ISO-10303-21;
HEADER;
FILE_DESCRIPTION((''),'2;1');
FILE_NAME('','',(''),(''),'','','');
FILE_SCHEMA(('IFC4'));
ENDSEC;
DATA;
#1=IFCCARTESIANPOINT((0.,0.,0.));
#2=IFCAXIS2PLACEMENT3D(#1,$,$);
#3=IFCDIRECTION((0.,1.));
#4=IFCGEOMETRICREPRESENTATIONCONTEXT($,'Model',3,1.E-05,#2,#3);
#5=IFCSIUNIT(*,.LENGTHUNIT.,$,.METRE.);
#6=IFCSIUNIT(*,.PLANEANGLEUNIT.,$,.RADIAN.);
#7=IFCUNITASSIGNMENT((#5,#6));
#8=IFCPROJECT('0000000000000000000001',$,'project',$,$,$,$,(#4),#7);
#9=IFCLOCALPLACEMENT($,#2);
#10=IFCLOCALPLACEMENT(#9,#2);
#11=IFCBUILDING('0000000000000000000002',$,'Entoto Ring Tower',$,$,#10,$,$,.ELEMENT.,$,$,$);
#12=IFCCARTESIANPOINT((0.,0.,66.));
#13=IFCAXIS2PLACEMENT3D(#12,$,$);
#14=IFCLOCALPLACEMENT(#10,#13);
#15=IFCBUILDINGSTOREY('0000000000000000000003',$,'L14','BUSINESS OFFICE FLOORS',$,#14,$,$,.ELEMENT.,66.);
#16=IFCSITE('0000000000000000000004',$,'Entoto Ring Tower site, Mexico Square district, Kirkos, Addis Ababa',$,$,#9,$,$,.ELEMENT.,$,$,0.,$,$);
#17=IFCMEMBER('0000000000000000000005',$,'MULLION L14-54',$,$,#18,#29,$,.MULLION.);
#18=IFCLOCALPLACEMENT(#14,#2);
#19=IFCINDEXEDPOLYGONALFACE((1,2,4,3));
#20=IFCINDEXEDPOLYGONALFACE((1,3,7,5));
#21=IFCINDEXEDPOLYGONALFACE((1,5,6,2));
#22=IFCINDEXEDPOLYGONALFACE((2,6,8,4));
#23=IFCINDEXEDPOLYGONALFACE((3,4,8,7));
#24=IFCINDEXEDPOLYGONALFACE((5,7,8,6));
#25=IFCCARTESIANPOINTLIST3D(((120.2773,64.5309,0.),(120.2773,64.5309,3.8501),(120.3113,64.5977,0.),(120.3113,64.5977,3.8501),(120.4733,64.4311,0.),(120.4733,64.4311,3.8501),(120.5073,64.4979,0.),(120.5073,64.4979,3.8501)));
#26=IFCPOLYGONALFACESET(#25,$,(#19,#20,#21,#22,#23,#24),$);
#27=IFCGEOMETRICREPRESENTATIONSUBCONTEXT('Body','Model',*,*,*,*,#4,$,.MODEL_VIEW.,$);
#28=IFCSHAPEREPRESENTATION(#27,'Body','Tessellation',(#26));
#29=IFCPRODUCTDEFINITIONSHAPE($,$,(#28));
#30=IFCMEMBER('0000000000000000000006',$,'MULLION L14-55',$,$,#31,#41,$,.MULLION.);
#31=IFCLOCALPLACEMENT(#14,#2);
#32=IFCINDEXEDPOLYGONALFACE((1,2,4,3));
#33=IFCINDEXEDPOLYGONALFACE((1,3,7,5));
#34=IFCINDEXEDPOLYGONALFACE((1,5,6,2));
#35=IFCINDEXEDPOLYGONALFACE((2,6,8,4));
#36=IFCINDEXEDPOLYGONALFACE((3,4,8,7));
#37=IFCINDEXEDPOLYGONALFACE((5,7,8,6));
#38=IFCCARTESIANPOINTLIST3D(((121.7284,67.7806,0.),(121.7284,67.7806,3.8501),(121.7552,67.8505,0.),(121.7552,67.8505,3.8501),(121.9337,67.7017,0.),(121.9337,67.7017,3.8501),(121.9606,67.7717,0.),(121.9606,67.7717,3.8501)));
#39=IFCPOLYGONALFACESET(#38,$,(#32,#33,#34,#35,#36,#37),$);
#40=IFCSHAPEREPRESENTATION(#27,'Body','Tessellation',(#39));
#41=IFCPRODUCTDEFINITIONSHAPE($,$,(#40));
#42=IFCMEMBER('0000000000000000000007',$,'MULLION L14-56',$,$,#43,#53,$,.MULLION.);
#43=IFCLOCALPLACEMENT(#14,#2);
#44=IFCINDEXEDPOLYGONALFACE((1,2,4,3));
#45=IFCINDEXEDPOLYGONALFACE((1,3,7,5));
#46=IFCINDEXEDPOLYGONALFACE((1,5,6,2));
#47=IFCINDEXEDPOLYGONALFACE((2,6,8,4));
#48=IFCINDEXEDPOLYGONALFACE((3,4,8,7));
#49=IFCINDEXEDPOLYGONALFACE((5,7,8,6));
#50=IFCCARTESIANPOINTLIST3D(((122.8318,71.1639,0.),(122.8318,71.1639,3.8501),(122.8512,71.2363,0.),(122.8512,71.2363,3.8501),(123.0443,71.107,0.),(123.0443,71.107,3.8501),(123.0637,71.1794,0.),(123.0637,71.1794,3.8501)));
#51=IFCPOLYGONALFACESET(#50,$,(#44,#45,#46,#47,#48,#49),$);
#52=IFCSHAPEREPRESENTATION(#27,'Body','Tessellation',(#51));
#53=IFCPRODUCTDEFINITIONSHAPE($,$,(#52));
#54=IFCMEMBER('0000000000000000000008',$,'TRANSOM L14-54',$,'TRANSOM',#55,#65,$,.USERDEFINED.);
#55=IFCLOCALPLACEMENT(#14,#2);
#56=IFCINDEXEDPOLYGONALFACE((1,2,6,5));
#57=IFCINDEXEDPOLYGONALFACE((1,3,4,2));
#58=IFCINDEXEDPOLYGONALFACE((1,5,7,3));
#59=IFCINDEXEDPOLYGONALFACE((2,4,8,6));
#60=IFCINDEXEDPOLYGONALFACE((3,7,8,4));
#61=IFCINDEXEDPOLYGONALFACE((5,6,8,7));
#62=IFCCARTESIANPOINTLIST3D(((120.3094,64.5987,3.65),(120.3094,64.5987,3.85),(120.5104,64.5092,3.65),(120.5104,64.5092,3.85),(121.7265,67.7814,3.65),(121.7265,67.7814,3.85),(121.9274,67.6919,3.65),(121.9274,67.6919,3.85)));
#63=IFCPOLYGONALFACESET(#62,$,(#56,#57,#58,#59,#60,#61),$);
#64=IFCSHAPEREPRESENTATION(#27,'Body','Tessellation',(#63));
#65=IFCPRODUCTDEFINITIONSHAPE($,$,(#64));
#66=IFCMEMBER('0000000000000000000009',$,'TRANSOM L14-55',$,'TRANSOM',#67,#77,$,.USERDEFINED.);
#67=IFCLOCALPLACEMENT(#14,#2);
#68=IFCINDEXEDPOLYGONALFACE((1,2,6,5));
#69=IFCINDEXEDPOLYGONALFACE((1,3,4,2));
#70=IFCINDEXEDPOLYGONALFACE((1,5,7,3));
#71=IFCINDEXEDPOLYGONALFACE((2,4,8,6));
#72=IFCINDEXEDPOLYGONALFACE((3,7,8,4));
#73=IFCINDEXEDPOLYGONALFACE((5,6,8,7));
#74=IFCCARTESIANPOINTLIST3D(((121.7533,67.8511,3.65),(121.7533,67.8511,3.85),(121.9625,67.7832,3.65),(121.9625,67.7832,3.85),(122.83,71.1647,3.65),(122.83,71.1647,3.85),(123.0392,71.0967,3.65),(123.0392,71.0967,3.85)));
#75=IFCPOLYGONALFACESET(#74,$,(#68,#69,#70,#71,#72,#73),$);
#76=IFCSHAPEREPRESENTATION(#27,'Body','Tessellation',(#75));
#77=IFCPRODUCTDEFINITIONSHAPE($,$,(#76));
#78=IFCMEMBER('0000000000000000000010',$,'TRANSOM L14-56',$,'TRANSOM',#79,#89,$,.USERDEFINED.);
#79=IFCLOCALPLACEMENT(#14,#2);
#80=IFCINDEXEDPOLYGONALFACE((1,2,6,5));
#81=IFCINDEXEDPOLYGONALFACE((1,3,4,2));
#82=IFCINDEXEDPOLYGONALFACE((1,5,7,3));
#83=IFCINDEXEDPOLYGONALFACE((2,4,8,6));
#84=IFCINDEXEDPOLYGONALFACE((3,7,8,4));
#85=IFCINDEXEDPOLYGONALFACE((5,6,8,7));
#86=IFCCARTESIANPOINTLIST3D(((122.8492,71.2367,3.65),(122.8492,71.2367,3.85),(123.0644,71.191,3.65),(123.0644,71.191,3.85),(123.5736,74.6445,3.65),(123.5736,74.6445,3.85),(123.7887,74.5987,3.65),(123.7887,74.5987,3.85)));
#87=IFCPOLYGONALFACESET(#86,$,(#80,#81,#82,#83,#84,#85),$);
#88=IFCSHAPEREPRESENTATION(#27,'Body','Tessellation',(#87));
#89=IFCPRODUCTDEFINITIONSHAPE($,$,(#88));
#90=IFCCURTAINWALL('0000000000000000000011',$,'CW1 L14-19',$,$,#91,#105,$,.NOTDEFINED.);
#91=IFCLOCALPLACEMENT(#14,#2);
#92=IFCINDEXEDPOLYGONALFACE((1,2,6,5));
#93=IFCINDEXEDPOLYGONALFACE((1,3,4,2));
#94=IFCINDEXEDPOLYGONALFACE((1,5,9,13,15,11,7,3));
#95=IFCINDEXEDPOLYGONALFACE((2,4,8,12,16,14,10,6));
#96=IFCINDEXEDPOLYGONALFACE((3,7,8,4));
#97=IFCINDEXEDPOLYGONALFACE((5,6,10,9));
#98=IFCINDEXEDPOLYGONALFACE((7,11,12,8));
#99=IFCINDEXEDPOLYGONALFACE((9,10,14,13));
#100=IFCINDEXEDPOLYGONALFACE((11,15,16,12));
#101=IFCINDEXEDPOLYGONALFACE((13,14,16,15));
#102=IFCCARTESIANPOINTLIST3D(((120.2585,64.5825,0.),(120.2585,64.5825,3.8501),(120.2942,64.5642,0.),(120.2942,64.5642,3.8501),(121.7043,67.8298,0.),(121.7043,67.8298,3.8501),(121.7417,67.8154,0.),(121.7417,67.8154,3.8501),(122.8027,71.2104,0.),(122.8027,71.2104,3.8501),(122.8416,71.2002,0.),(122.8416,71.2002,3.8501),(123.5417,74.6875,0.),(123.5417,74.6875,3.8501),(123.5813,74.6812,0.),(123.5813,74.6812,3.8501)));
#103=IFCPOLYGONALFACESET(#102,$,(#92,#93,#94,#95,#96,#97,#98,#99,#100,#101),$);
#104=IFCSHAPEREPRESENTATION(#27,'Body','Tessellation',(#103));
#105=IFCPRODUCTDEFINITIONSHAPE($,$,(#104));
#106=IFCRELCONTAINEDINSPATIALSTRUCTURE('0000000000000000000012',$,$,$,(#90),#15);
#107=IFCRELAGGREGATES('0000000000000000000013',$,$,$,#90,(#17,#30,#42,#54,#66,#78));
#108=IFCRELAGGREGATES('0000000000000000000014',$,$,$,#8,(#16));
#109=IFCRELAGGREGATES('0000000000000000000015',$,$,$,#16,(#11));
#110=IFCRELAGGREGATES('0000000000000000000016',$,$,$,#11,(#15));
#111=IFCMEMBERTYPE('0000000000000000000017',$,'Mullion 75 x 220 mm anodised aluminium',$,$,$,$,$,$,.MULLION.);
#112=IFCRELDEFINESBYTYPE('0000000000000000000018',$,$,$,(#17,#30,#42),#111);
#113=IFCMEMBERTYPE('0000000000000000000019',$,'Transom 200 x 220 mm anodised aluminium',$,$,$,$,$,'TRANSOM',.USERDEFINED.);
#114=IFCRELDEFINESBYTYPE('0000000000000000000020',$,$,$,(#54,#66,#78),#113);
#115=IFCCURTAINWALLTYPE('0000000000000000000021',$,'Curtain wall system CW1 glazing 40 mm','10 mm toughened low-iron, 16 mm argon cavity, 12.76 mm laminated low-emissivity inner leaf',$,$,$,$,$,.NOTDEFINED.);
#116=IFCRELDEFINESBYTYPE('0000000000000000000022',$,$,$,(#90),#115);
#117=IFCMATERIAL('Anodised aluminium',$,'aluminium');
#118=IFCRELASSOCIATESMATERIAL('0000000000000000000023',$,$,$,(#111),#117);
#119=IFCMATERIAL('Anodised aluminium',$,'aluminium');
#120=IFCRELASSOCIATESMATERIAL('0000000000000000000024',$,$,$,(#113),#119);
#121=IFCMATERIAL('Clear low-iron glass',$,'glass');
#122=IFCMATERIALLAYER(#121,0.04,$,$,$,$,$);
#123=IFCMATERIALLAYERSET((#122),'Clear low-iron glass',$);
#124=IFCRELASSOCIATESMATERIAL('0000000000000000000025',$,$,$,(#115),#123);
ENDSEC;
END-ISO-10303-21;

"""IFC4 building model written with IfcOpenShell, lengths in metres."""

from ifc_helpers import new_model, si_unit, direction, frame, origin, origin_2d, place, context, subcontext, project, spatial, polyline, rectangle, outline, extrude, material, layer, layer_set, material_profile, profile_set, type_object, element, aggregate, save


model = new_model("IFC4")

# Units and contexts
model_context = context("Model", 3, precision=1e-05, world=origin(), true_north=direction((0.0, 1.0)))
body_context = subcontext(model_context, "Body", "Model", "MODEL_VIEW")
ifc_project = project(units=[si_unit("LENGTHUNIT", "METRE"), si_unit("PLANEANGLEUNIT", "RADIAN")], contexts=[model_context])

# Members
ifc_material_1 = material(Name="Anodised aluminium", Category="aluminium")
ifc_material_profile_1 = material_profile(ifc_material_1, rectangle(XDim=0.075, YDim=0.22, at=origin_2d()), Name="Mullion 75 x 220 mm anodised aluminium")
ifc_profile_set_1 = profile_set([ifc_material_profile_1], Name="Anodised aluminium")
member_type_1 = type_object("IfcMemberType", Name="Mullion 75 x 220 mm anodised aluminium", PredefinedType="MULLION", material=ifc_profile_set_1)
site_placement = place(None, origin())
building_placement = place(site_placement, origin())
storey_placement = place(building_placement, frame((0.0, 0.0, 66.0)))
member_1_placement = place(storey_placement, frame((120.3923, 64.5144, 0.0), z_axis=(0.0, 0.0, 1.0), x_axis=(0.45399, 0.891007, 0.0)))
member_1 = element("IfcMember", 1, at=member_1_placement, type_object=member_type_1, Name="MULLION L14-54", PredefinedType="MULLION", context=body_context, shape_type="SweptSolid", body=[
    extrude(rectangle(XDim=0.075, YDim=0.22, at=origin_2d()), origin(), (0.0, 0.0, 1.0), 3.8501),
])
member_2_placement = place(storey_placement, frame((121.8445, 67.7761, 0.0), z_axis=(0.0, 0.0, 1.0), x_axis=(0.358368, 0.93358, 0.0)))
member_2 = element("IfcMember", 2, at=member_2_placement, type_object=member_type_1, Name="MULLION L14-55", PredefinedType="MULLION", context=body_context, shape_type="SweptSolid", body=[
    extrude(rectangle(XDim=0.075, YDim=0.22, at=origin_2d()), origin(), (0.0, 0.0, 1.0), 3.8501),
])
member_3_placement = place(storey_placement, frame((122.9478, 71.1716, 0.0), z_axis=(0.0, 0.0, 1.0), x_axis=(0.258819, 0.965926, 0.0)))
member_3 = element("IfcMember", 3, at=member_3_placement, type_object=member_type_1, Name="MULLION L14-56", PredefinedType="MULLION", context=body_context, shape_type="SweptSolid", body=[
    extrude(rectangle(XDim=0.075, YDim=0.22, at=origin_2d()), origin(), (0.0, 0.0, 1.0), 3.8501),
])
ifc_material_2 = material(Name="Anodised aluminium", Category="aluminium")
ifc_material_profile_2 = material_profile(ifc_material_2, rectangle(XDim=0.22, YDim=0.2, at=origin_2d()), Name="Transom 200 x 220 mm anodised aluminium")
ifc_profile_set_2 = profile_set([ifc_material_profile_2], Name="Anodised aluminium")
member_type_2 = type_object("IfcMemberType", Name="Transom 200 x 220 mm anodised aluminium", ElementType="TRANSOM", PredefinedType="USERDEFINED", material=ifc_profile_set_2)
member_4_placement = place(storey_placement, frame((120.4099, 64.554, 3.75), z_axis=(0.406737, 0.913545, 0.0), x_axis=(-0.913545, 0.406737, 0.0)))
member_4 = element("IfcMember", 4, at=member_4_placement, type_object=member_type_2, Name="TRANSOM L14-54", ObjectType="TRANSOM", PredefinedType="USERDEFINED", context=body_context, shape_type="SweptSolid", body=[
    extrude(rectangle(XDim=0.22, YDim=0.2, at=origin_2d()), origin(), (0.0, 0.0, 1.0), 3.4839),
])
member_5_placement = place(storey_placement, frame((121.8579, 67.8171, 3.75), z_axis=(0.309029, 0.951053, 0.0), x_axis=(-0.951053, 0.309029, 0.0)))
member_5 = element("IfcMember", 5, at=member_5_placement, type_object=member_type_2, Name="TRANSOM L14-55", ObjectType="TRANSOM", PredefinedType="USERDEFINED", context=body_context, shape_type="SweptSolid", body=[
    extrude(rectangle(XDim=0.22, YDim=0.2, at=origin_2d()), origin(), (0.0, 0.0, 1.0), 3.4841),
])
member_6_placement = place(storey_placement, frame((122.9568, 71.2139, 3.75), z_axis=(0.207921, 0.978146, 0.0), x_axis=(-0.978146, 0.207921, 0.0)))
member_6 = element("IfcMember", 6, at=member_6_placement, type_object=member_type_2, Name="TRANSOM L14-56", ObjectType="TRANSOM", PredefinedType="USERDEFINED", context=body_context, shape_type="SweptSolid", body=[
    extrude(rectangle(XDim=0.22, YDim=0.2, at=origin_2d()), origin(), (0.0, 0.0, 1.0), 3.4839),
])

# Site, building, storey
site = spatial("IfcSite", under=ifc_project, at=site_placement, Name="Entoto Ring Tower site, Mexico Square district, Kirkos, Addis Ababa", CompositionType="ELEMENT", RefElevation=0.0)
building = spatial("IfcBuilding", under=site, at=building_placement, Name="Entoto Ring Tower", CompositionType="ELEMENT")
storey = spatial("IfcBuildingStorey", under=building, at=storey_placement, Name="L14", Description="BUSINESS OFFICE FLOORS", CompositionType="ELEMENT", Elevation=66.0)

# Curtain wall
ifc_material_3 = material(Name="Clear low-iron glass", Category="glass")
ifc_layer_1 = layer(ifc_material_3, 0.04)
ifc_layer_set_1 = layer_set([ifc_layer_1], Name="Clear low-iron glass")
curtain_wall_type = type_object("IfcCurtainWallType", Name="Curtain wall system CW1 glazing 40 mm", Description="10 mm toughened low-iron, 16 mm argon cavity, 12.76 mm laminated low-emissivity inner leaf", PredefinedType="NOTDEFINED", material=ifc_layer_set_1)
curtain_wall_1_placement = place(storey_placement, origin())
curtain_wall_1 = element("IfcCurtainWall", 7, at=curtain_wall_1_placement, inside=storey, type_object=curtain_wall_type, Name="CW1 L14-19", PredefinedType="NOTDEFINED", context=body_context, shape_type="SweptSolid", body=[
    extrude(outline(polyline([(120.2942, 64.5642), (121.7417, 67.8154), (122.8416, 71.2002), (123.5813, 74.6812), (123.5417, 74.6875), (122.8027, 71.2104), (121.7043, 67.8298), (120.2585, 64.5825), (120.2942, 64.5642)])), origin(), (0.0, 0.0, 1.0), 3.8501),
])
aggregate(curtain_wall_1, [member_1, member_2, member_3, member_4, member_5, member_6])

save(model, "model.ifc")
